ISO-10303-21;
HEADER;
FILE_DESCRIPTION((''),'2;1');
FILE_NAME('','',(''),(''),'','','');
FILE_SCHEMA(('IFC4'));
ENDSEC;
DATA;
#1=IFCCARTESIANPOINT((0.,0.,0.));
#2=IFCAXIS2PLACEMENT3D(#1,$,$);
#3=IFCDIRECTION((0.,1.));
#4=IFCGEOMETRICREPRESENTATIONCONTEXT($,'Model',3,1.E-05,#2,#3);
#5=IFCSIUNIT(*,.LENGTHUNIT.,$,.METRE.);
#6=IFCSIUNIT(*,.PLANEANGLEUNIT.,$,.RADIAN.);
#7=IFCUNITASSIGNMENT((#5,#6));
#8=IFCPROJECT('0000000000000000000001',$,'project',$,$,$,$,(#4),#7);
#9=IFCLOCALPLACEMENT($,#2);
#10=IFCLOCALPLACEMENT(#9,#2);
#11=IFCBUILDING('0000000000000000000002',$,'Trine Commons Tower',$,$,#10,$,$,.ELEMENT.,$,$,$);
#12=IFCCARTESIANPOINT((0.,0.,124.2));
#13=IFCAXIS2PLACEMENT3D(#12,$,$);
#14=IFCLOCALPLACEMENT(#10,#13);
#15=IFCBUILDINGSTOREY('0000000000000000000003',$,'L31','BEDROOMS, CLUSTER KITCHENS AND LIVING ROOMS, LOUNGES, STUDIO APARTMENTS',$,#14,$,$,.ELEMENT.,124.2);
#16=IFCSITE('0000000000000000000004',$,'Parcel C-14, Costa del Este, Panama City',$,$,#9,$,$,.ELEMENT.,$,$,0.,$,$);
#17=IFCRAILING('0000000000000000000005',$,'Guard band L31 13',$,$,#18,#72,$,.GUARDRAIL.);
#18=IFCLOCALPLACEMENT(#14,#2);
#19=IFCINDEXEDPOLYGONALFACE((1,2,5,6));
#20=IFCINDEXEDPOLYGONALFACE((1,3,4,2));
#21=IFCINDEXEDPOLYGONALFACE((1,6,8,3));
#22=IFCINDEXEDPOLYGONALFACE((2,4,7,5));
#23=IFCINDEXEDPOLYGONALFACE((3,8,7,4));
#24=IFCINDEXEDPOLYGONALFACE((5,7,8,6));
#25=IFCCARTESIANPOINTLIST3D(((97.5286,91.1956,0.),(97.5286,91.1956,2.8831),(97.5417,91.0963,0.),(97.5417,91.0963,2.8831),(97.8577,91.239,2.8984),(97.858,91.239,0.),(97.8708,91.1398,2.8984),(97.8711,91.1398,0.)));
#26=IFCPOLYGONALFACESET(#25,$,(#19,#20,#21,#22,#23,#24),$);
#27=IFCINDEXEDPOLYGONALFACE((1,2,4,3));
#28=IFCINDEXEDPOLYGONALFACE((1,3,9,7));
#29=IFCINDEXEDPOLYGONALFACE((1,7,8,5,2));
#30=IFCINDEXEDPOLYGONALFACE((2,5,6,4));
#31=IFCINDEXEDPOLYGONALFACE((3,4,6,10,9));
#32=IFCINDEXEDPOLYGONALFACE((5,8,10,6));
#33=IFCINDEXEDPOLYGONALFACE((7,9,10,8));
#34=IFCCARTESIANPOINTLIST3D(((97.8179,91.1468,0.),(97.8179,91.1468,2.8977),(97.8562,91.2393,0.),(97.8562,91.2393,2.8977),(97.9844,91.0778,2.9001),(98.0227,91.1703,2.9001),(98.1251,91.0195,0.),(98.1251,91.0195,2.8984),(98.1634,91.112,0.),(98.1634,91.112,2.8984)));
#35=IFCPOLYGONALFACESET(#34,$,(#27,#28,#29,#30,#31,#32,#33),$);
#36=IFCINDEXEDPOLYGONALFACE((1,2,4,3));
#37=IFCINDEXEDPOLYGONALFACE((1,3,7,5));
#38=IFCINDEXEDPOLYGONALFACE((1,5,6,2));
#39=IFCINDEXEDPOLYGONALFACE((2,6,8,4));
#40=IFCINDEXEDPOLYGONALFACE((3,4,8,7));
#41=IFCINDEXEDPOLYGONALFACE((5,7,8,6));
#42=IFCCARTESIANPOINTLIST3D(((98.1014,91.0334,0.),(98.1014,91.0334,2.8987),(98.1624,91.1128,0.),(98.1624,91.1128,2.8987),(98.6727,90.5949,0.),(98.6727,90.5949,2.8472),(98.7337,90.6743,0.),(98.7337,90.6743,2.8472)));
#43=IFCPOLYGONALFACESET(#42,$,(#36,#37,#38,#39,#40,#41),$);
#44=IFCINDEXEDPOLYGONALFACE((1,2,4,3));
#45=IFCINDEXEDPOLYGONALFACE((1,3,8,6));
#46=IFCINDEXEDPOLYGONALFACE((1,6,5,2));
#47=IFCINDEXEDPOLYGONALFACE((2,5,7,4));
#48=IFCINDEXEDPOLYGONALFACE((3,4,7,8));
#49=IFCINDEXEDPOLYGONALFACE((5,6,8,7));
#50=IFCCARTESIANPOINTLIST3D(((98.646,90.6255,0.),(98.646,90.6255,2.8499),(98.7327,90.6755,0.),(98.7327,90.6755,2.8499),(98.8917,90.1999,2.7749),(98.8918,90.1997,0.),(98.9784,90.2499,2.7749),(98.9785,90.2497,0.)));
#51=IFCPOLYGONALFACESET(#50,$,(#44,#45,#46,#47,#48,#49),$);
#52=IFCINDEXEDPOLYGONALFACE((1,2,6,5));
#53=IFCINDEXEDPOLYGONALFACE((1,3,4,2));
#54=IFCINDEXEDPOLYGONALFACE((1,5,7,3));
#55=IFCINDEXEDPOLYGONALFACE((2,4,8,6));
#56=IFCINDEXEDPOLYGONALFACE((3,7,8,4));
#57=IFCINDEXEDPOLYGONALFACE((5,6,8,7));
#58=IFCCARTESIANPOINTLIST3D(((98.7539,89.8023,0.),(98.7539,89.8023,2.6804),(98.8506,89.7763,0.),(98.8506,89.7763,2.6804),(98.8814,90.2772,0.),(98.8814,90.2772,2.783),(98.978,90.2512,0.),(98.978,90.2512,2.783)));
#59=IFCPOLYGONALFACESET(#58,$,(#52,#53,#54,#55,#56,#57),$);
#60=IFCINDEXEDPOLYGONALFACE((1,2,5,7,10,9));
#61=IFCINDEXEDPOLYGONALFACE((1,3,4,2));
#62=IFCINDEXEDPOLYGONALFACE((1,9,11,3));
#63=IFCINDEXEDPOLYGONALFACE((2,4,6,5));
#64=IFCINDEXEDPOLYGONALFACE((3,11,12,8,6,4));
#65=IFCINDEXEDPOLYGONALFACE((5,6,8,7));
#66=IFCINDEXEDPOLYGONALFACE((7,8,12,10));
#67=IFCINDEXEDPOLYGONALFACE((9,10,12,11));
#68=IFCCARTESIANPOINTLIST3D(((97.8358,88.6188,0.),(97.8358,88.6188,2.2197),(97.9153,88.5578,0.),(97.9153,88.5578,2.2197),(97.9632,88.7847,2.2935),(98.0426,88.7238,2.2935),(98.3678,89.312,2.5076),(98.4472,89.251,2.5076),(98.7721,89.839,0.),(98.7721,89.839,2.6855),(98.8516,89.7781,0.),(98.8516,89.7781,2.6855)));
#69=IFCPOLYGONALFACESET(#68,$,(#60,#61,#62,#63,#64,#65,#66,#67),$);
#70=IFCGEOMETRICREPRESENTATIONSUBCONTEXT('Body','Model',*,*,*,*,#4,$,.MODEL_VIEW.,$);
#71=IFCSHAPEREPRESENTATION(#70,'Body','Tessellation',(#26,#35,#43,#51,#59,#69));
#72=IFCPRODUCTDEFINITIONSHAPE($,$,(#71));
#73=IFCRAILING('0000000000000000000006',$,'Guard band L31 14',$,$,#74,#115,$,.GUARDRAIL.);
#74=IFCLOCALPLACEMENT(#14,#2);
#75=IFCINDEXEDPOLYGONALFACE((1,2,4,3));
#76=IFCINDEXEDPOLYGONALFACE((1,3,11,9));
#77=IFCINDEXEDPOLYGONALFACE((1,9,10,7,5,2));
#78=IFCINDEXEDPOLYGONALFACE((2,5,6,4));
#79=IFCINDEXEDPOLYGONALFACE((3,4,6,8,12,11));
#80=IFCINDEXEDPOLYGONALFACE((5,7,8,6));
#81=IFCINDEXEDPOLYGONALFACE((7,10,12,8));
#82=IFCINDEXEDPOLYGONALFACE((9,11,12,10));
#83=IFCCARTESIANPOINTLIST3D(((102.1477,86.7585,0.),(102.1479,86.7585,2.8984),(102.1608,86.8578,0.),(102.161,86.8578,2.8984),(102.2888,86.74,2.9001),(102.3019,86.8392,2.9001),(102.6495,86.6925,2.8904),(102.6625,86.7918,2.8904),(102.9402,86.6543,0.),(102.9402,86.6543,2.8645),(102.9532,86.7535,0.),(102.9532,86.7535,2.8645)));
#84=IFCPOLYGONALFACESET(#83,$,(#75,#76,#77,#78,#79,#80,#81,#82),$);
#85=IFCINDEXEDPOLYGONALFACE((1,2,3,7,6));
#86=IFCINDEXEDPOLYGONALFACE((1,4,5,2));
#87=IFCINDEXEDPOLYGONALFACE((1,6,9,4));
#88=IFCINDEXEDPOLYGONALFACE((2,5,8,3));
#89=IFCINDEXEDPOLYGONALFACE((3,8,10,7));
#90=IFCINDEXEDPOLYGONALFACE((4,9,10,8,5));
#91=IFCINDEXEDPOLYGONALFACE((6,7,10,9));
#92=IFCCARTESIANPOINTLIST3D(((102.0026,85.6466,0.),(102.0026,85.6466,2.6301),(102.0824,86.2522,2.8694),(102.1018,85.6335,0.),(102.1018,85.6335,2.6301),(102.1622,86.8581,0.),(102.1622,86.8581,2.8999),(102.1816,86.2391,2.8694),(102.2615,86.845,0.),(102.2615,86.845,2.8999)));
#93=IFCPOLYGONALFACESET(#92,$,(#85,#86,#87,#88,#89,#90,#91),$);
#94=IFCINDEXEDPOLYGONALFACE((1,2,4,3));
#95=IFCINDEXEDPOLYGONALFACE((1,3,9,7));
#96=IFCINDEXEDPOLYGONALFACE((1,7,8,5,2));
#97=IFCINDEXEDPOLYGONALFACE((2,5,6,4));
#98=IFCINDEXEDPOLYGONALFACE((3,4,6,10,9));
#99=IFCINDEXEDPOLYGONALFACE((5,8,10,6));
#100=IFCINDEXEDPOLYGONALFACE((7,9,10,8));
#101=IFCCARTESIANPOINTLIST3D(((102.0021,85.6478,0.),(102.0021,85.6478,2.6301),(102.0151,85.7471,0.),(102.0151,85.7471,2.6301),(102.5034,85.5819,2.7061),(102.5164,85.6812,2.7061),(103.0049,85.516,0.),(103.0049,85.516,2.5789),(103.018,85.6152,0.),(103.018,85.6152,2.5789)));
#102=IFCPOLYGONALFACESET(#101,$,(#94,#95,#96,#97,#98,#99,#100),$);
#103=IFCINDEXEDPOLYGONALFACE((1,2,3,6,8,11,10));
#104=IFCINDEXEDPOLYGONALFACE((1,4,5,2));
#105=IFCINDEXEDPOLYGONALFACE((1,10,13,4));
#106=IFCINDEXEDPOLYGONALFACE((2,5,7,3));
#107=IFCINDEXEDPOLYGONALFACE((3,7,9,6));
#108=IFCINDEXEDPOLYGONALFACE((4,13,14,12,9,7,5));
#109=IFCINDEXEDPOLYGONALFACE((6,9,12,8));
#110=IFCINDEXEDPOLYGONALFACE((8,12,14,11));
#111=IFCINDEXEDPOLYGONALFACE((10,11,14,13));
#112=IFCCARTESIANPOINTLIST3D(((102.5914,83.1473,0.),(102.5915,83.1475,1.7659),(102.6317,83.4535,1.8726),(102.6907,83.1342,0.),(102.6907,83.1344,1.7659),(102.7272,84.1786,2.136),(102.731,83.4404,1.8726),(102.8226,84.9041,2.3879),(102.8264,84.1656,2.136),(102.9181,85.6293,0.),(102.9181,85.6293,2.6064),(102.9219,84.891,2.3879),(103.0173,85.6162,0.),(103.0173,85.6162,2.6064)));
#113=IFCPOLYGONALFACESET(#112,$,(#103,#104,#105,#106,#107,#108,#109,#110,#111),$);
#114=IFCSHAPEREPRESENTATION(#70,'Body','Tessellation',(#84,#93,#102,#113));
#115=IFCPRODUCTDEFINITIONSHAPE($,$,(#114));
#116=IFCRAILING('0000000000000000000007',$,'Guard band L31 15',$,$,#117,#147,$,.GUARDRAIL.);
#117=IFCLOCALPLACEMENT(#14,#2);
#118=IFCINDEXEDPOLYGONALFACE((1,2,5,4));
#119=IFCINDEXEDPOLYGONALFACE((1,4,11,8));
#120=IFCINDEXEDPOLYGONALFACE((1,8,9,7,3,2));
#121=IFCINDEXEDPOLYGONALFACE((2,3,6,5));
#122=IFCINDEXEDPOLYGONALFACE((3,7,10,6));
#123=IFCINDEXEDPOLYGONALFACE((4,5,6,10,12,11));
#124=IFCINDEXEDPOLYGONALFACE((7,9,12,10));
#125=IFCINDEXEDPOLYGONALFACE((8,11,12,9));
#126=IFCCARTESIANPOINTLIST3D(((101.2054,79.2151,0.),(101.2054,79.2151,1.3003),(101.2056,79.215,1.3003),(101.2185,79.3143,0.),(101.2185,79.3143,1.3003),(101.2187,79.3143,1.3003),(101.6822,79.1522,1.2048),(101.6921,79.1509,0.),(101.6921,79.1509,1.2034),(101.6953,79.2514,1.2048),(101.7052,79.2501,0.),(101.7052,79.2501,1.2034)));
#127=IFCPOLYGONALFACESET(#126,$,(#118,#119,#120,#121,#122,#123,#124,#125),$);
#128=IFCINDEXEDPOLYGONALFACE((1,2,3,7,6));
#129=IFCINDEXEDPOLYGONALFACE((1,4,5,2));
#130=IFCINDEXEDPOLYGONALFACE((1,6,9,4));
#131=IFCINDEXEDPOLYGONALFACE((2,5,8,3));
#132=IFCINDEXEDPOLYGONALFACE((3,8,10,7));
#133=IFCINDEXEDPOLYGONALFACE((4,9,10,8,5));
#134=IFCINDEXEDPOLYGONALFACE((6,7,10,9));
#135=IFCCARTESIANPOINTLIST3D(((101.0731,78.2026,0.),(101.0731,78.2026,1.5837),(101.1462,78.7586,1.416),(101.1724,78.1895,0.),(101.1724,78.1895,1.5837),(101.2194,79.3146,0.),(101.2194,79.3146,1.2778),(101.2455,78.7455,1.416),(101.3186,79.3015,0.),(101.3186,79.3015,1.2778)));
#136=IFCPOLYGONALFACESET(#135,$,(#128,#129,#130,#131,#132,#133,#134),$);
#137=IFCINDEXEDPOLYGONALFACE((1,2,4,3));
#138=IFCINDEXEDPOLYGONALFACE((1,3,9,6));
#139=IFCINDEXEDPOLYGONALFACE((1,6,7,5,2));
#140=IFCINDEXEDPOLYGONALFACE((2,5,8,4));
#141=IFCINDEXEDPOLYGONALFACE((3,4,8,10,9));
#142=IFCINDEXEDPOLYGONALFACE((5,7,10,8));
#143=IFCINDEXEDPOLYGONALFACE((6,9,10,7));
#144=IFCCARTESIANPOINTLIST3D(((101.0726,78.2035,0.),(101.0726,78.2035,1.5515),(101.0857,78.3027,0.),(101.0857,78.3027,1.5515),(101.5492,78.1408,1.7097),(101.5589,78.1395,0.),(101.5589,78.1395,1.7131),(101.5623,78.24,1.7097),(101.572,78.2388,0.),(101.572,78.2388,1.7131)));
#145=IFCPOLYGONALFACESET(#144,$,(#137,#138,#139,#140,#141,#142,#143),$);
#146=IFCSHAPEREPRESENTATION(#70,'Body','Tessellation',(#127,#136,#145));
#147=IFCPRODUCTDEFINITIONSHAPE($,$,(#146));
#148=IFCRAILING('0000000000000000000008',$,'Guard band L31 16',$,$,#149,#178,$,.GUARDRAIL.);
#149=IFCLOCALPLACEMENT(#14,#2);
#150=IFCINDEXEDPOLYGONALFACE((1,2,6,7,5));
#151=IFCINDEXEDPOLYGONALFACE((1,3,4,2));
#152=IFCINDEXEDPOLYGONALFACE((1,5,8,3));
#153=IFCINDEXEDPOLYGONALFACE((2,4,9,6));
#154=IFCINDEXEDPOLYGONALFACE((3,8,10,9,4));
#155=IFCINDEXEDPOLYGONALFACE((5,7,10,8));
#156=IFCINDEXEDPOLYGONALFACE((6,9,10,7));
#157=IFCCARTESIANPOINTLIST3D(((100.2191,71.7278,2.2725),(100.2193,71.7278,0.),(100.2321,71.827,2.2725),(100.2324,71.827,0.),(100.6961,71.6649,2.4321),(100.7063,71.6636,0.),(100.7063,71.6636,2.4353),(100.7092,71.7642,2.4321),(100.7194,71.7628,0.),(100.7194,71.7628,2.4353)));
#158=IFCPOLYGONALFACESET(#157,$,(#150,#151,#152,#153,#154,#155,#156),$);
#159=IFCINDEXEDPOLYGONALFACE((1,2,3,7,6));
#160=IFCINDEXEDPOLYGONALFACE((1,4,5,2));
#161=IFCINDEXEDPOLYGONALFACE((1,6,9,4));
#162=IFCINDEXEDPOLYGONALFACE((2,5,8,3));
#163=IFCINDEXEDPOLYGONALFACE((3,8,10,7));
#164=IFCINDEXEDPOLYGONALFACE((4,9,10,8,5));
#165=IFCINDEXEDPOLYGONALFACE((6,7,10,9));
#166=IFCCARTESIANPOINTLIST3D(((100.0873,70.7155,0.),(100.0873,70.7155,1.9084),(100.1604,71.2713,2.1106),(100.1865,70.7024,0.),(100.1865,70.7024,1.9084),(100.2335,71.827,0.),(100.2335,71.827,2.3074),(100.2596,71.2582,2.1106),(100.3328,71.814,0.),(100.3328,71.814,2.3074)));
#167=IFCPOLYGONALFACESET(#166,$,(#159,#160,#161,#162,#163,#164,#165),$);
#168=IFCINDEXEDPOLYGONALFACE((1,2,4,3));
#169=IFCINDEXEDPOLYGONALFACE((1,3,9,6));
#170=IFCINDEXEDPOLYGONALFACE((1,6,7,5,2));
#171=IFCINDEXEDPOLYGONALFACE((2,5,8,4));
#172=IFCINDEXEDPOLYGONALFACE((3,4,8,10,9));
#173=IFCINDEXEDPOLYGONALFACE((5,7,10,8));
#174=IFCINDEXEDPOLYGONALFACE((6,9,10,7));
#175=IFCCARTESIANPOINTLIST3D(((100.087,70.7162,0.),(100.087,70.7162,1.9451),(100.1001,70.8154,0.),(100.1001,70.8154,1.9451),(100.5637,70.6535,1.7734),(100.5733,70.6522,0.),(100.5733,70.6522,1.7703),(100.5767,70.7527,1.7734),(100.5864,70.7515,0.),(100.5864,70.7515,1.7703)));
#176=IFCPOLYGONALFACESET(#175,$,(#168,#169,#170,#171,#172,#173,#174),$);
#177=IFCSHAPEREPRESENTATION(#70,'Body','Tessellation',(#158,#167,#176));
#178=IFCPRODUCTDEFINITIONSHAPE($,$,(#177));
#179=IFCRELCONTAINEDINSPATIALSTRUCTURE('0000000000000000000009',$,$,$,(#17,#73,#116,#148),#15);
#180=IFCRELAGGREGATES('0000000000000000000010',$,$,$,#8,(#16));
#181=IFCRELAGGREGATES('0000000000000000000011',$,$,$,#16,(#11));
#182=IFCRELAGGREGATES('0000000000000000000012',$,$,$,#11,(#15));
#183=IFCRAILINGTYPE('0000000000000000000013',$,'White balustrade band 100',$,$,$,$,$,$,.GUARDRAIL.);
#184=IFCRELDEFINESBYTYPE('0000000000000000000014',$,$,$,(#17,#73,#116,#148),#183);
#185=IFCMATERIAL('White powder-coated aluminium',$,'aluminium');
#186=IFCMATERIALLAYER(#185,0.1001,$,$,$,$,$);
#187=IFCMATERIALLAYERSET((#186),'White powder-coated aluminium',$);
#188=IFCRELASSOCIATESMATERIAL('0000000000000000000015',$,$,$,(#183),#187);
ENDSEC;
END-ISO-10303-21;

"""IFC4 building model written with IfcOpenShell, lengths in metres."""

from ifc_helpers import new_model, si_unit, direction, frame, origin, place, context, subcontext, project, spatial, polyline, outline, extrude, material, layer, layer_set, type_object, element, save


model = new_model("IFC4")

# Units and contexts
model_context = context("Model", 3, precision=1e-05, world=origin(), true_north=direction((0.0, 1.0)))
body_context = subcontext(model_context, "Body", "Model", "MODEL_VIEW")
ifc_project = project(units=[si_unit("LENGTHUNIT", "METRE"), si_unit("PLANEANGLEUNIT", "RADIAN")], contexts=[model_context])

# Site, building, storey
site_placement = place(None, origin())
site = spatial("IfcSite", under=ifc_project, at=site_placement, Name="Parcel C-14, Costa del Este, Panama City", CompositionType="ELEMENT", RefElevation=0.0)
building_placement = place(site_placement, origin())
building = spatial("IfcBuilding", under=site, at=building_placement, Name="Trine Commons Tower", CompositionType="ELEMENT")
storey_placement = place(building_placement, frame((0.0, 0.0, 124.2)))
storey = spatial("IfcBuildingStorey", under=building, at=storey_placement, Name="L31", Description="BEDROOMS, CLUSTER KITCHENS AND LIVING ROOMS, LOUNGES, STUDIO APARTMENTS", CompositionType="ELEMENT", Elevation=124.2)

# Railings
ifc_material_1 = material(Name="White powder-coated aluminium", Category="aluminium")
ifc_layer_1 = layer(ifc_material_1, 0.1001)
ifc_layer_set_1 = layer_set([ifc_layer_1], Name="White powder-coated aluminium")
railing_type = type_object("IfcRailingType", Name="White balustrade band 100", PredefinedType="GUARDRAIL", material=ifc_layer_set_1)
railing_1_placement = place(storey_placement, origin())
element("IfcRailing", 1, at=railing_1_placement, inside=storey, type_object=railing_type, Name="Guard band L31 13", PredefinedType="GUARDRAIL", context=body_context, shape_type="SweptSolid", body=[
    extrude(outline(polyline([(0.0, 0.0), (0.3323, 0.0), (0.332, 2.8984), (0.0, 2.8831), (0.0, 0.0)])), frame((97.5286, 91.1956, 0.0), z_axis=(0.130816, -0.991407, 0.0), x_axis=(0.991407, 0.130816, 0.0)), (0.0, 0.0, 1.0), 0.1001),
    extrude(outline(polyline([(0.0, 0.0), (0.3325, 0.0), (0.3325, 2.8984), (0.1802, 2.9001), (0.0, 2.8977), (0.0, 0.0)])), frame((97.8562, 91.2393, 0.0), z_axis=(-0.382633, -0.9239, 0.0), x_axis=(0.9239, -0.382633, 0.0)), (0.0, 0.0, 1.0), 0.1001),
    extrude(outline(polyline([(0.0, 0.0), (0.7202, 0.0), (0.7202, 2.8472), (0.0, 2.8987), (0.0, 0.0)])), frame((98.1624, 91.1128, 0.0), z_axis=(-0.608858, -0.793279, 0.0), x_axis=(0.793279, -0.608858, 0.0)), (0.0, 0.0, 1.0), 0.1001),
    extrude(outline(polyline([(0.0, 0.0), (0.4917, 0.0), (0.4915, 2.7749), (0.0, 2.8499), (0.0, 0.0)])), frame((98.7327, 90.6755, 0.0), z_axis=(-0.866004, -0.500038, 0.0), x_axis=(0.500038, -0.866004, 0.0)), (0.0, 0.0, 1.0), 0.1001),
    extrude(outline(polyline([(0.0, 0.0), (0.4917, 0.0), (0.4917, 2.6804), (0.0, 2.783), (0.0, 0.0)])), frame((98.978, 90.2512, 0.0), z_axis=(-0.965822, 0.259208, 0.0), x_axis=(-0.259208, -0.965822, 0.0)), (0.0, 0.0, 1.0), 0.1001),
    extrude(outline(polyline([(0.0, 0.0), (1.5381, 0.0), (1.5381, 2.2197), (1.3289, 2.2935), (0.6643, 2.5076), (0.0, 2.6855), (0.0, 0.0)])), frame((98.8516, 89.7781, 0.0), z_axis=(-0.793361, 0.608751, 0.0), x_axis=(-0.608751, -0.793361, 0.0)), (0.0, 0.0, 1.0), 0.1001),
])
railing_2_placement = place(storey_placement, origin())
element("IfcRailing", 2, at=railing_2_placement, inside=storey, type_object=railing_type, Name="Guard band L31 14", PredefinedType="GUARDRAIL", context=body_context, shape_type="SweptSolid", body=[
    extrude(outline(polyline([(0.0, 0.0), (0.7993, 0.0), (0.7991, 2.8984), (0.657, 2.9001), (0.2932, 2.8904), (0.0, 2.8645), (0.0, 0.0)])), frame((102.9402, 86.6543, 0.0), z_axis=(0.130423, 0.991458, 0.0), x_axis=(-0.991458, 0.130423, 0.0)), (0.0, 0.0, 1.0), 0.1001),
    extrude(outline(polyline([(0.0, 0.0), (1.2219, 0.0), (1.2219, 2.6301), (0.6111, 2.8694), (0.0, 2.8999), (0.0, 0.0)])), frame((102.2615, 86.845, 0.0), z_axis=(-0.991426, 0.130672, 0.0), x_axis=(-0.130672, -0.991426, 0.0)), (0.0, 0.0, 1.0), 0.1001),
    extrude(outline(polyline([(0.0, 0.0), (1.0115, 0.0), (1.0115, 2.5789), (0.5056, 2.7061), (0.0, 2.6301), (0.0, 0.0)])), frame((102.0151, 85.7471, 0.0), z_axis=(-0.13033, -0.991471, 0.0), x_axis=(0.991471, -0.13033, 0.0)), (0.0, 0.0, 1.0), 0.1001),
    extrude(outline(polyline([(0.0, 0.0), (2.5034, 0.0), (2.5032, 1.7659), (2.1946, 1.8726), (1.4631, 2.136), (0.7314, 2.3879), (0.0, 2.6064), (0.0, 0.0)])), frame((103.0173, 85.6162, 0.0), z_axis=(-0.99145, 0.13049, 0.0), x_axis=(-0.13049, -0.99145, 0.0)), (0.0, 0.0, 1.0), 0.1001),
])
railing_3_placement = place(storey_placement, origin())
element("IfcRailing", 3, at=railing_3_placement, inside=storey, type_object=railing_type, Name="Guard band L31 15", PredefinedType="GUARDRAIL", context=body_context, shape_type="SweptSolid", body=[
    extrude(outline(polyline([(0.0, 0.0), (0.491, 0.0), (0.491, 1.3003), (0.4907, 1.3003), (0.01, 1.2048), (0.0, 1.2034), (0.0, 0.0)])), frame((101.6921, 79.1509, 0.0), z_axis=(0.130763, 0.991414, 0.0), x_axis=(-0.991414, 0.130763, 0.0)), (0.0, 0.0, 1.0), 0.1001),
    extrude(outline(polyline([(0.0, 0.0), (1.1216, 0.0), (1.1216, 1.5837), (0.5608, 1.416), (0.0, 1.2778), (0.0, 0.0)])), frame((101.3186, 79.3015, 0.0), z_axis=(-0.991464, 0.130381, 0.0), x_axis=(-0.130381, -0.991464, 0.0)), (0.0, 0.0, 1.0), 0.1001),
    extrude(outline(polyline([(0.0, 0.0), (0.4905, 0.0), (0.4905, 1.7131), (0.4807, 1.7097), (0.0, 1.5515), (0.0, 0.0)])), frame((101.0857, 78.3027, 0.0), z_axis=(-0.130403, -0.991461, 0.0), x_axis=(0.991461, -0.130403, 0.0)), (0.0, 0.0, 1.0), 0.1001),
])
railing_4_placement = place(storey_placement, origin())
element("IfcRailing", 4, at=railing_4_placement, inside=storey, type_object=railing_type, Name="Guard band L31 16", PredefinedType="GUARDRAIL", context=body_context, shape_type="SweptSolid", body=[
    extrude(outline(polyline([(0.0, 0.0), (0.4912, 0.0), (0.4915, 2.2725), (0.0103, 2.4321), (0.0, 2.4353), (0.0, 0.0)])), frame((100.7063, 71.6636, 0.0), z_axis=(0.130699, 0.991422, 0.0), x_axis=(-0.991422, 0.130699, 0.0)), (0.0, 0.0, 1.0), 0.1001),
    extrude(outline(polyline([(0.0, 0.0), (1.1211, 0.0), (1.1211, 1.9084), (0.5605, 2.1106), (0.0, 2.3074), (0.0, 0.0)])), frame((100.3328, 71.814, 0.0), z_axis=(-0.991457, 0.130438, 0.0), x_axis=(-0.130438, -0.991457, 0.0)), (0.0, 0.0, 1.0), 0.1001),
    extrude(outline(polyline([(0.0, 0.0), (0.4905, 0.0), (0.4905, 1.7703), (0.4807, 1.7734), (0.0, 1.9451), (0.0, 0.0)])), frame((100.1001, 70.8154, 0.0), z_axis=(-0.130403, -0.991461, 0.0), x_axis=(0.991461, -0.130403, 0.0)), (0.0, 0.0, 1.0), 0.1001),
])

save(model, "model.ifc")
